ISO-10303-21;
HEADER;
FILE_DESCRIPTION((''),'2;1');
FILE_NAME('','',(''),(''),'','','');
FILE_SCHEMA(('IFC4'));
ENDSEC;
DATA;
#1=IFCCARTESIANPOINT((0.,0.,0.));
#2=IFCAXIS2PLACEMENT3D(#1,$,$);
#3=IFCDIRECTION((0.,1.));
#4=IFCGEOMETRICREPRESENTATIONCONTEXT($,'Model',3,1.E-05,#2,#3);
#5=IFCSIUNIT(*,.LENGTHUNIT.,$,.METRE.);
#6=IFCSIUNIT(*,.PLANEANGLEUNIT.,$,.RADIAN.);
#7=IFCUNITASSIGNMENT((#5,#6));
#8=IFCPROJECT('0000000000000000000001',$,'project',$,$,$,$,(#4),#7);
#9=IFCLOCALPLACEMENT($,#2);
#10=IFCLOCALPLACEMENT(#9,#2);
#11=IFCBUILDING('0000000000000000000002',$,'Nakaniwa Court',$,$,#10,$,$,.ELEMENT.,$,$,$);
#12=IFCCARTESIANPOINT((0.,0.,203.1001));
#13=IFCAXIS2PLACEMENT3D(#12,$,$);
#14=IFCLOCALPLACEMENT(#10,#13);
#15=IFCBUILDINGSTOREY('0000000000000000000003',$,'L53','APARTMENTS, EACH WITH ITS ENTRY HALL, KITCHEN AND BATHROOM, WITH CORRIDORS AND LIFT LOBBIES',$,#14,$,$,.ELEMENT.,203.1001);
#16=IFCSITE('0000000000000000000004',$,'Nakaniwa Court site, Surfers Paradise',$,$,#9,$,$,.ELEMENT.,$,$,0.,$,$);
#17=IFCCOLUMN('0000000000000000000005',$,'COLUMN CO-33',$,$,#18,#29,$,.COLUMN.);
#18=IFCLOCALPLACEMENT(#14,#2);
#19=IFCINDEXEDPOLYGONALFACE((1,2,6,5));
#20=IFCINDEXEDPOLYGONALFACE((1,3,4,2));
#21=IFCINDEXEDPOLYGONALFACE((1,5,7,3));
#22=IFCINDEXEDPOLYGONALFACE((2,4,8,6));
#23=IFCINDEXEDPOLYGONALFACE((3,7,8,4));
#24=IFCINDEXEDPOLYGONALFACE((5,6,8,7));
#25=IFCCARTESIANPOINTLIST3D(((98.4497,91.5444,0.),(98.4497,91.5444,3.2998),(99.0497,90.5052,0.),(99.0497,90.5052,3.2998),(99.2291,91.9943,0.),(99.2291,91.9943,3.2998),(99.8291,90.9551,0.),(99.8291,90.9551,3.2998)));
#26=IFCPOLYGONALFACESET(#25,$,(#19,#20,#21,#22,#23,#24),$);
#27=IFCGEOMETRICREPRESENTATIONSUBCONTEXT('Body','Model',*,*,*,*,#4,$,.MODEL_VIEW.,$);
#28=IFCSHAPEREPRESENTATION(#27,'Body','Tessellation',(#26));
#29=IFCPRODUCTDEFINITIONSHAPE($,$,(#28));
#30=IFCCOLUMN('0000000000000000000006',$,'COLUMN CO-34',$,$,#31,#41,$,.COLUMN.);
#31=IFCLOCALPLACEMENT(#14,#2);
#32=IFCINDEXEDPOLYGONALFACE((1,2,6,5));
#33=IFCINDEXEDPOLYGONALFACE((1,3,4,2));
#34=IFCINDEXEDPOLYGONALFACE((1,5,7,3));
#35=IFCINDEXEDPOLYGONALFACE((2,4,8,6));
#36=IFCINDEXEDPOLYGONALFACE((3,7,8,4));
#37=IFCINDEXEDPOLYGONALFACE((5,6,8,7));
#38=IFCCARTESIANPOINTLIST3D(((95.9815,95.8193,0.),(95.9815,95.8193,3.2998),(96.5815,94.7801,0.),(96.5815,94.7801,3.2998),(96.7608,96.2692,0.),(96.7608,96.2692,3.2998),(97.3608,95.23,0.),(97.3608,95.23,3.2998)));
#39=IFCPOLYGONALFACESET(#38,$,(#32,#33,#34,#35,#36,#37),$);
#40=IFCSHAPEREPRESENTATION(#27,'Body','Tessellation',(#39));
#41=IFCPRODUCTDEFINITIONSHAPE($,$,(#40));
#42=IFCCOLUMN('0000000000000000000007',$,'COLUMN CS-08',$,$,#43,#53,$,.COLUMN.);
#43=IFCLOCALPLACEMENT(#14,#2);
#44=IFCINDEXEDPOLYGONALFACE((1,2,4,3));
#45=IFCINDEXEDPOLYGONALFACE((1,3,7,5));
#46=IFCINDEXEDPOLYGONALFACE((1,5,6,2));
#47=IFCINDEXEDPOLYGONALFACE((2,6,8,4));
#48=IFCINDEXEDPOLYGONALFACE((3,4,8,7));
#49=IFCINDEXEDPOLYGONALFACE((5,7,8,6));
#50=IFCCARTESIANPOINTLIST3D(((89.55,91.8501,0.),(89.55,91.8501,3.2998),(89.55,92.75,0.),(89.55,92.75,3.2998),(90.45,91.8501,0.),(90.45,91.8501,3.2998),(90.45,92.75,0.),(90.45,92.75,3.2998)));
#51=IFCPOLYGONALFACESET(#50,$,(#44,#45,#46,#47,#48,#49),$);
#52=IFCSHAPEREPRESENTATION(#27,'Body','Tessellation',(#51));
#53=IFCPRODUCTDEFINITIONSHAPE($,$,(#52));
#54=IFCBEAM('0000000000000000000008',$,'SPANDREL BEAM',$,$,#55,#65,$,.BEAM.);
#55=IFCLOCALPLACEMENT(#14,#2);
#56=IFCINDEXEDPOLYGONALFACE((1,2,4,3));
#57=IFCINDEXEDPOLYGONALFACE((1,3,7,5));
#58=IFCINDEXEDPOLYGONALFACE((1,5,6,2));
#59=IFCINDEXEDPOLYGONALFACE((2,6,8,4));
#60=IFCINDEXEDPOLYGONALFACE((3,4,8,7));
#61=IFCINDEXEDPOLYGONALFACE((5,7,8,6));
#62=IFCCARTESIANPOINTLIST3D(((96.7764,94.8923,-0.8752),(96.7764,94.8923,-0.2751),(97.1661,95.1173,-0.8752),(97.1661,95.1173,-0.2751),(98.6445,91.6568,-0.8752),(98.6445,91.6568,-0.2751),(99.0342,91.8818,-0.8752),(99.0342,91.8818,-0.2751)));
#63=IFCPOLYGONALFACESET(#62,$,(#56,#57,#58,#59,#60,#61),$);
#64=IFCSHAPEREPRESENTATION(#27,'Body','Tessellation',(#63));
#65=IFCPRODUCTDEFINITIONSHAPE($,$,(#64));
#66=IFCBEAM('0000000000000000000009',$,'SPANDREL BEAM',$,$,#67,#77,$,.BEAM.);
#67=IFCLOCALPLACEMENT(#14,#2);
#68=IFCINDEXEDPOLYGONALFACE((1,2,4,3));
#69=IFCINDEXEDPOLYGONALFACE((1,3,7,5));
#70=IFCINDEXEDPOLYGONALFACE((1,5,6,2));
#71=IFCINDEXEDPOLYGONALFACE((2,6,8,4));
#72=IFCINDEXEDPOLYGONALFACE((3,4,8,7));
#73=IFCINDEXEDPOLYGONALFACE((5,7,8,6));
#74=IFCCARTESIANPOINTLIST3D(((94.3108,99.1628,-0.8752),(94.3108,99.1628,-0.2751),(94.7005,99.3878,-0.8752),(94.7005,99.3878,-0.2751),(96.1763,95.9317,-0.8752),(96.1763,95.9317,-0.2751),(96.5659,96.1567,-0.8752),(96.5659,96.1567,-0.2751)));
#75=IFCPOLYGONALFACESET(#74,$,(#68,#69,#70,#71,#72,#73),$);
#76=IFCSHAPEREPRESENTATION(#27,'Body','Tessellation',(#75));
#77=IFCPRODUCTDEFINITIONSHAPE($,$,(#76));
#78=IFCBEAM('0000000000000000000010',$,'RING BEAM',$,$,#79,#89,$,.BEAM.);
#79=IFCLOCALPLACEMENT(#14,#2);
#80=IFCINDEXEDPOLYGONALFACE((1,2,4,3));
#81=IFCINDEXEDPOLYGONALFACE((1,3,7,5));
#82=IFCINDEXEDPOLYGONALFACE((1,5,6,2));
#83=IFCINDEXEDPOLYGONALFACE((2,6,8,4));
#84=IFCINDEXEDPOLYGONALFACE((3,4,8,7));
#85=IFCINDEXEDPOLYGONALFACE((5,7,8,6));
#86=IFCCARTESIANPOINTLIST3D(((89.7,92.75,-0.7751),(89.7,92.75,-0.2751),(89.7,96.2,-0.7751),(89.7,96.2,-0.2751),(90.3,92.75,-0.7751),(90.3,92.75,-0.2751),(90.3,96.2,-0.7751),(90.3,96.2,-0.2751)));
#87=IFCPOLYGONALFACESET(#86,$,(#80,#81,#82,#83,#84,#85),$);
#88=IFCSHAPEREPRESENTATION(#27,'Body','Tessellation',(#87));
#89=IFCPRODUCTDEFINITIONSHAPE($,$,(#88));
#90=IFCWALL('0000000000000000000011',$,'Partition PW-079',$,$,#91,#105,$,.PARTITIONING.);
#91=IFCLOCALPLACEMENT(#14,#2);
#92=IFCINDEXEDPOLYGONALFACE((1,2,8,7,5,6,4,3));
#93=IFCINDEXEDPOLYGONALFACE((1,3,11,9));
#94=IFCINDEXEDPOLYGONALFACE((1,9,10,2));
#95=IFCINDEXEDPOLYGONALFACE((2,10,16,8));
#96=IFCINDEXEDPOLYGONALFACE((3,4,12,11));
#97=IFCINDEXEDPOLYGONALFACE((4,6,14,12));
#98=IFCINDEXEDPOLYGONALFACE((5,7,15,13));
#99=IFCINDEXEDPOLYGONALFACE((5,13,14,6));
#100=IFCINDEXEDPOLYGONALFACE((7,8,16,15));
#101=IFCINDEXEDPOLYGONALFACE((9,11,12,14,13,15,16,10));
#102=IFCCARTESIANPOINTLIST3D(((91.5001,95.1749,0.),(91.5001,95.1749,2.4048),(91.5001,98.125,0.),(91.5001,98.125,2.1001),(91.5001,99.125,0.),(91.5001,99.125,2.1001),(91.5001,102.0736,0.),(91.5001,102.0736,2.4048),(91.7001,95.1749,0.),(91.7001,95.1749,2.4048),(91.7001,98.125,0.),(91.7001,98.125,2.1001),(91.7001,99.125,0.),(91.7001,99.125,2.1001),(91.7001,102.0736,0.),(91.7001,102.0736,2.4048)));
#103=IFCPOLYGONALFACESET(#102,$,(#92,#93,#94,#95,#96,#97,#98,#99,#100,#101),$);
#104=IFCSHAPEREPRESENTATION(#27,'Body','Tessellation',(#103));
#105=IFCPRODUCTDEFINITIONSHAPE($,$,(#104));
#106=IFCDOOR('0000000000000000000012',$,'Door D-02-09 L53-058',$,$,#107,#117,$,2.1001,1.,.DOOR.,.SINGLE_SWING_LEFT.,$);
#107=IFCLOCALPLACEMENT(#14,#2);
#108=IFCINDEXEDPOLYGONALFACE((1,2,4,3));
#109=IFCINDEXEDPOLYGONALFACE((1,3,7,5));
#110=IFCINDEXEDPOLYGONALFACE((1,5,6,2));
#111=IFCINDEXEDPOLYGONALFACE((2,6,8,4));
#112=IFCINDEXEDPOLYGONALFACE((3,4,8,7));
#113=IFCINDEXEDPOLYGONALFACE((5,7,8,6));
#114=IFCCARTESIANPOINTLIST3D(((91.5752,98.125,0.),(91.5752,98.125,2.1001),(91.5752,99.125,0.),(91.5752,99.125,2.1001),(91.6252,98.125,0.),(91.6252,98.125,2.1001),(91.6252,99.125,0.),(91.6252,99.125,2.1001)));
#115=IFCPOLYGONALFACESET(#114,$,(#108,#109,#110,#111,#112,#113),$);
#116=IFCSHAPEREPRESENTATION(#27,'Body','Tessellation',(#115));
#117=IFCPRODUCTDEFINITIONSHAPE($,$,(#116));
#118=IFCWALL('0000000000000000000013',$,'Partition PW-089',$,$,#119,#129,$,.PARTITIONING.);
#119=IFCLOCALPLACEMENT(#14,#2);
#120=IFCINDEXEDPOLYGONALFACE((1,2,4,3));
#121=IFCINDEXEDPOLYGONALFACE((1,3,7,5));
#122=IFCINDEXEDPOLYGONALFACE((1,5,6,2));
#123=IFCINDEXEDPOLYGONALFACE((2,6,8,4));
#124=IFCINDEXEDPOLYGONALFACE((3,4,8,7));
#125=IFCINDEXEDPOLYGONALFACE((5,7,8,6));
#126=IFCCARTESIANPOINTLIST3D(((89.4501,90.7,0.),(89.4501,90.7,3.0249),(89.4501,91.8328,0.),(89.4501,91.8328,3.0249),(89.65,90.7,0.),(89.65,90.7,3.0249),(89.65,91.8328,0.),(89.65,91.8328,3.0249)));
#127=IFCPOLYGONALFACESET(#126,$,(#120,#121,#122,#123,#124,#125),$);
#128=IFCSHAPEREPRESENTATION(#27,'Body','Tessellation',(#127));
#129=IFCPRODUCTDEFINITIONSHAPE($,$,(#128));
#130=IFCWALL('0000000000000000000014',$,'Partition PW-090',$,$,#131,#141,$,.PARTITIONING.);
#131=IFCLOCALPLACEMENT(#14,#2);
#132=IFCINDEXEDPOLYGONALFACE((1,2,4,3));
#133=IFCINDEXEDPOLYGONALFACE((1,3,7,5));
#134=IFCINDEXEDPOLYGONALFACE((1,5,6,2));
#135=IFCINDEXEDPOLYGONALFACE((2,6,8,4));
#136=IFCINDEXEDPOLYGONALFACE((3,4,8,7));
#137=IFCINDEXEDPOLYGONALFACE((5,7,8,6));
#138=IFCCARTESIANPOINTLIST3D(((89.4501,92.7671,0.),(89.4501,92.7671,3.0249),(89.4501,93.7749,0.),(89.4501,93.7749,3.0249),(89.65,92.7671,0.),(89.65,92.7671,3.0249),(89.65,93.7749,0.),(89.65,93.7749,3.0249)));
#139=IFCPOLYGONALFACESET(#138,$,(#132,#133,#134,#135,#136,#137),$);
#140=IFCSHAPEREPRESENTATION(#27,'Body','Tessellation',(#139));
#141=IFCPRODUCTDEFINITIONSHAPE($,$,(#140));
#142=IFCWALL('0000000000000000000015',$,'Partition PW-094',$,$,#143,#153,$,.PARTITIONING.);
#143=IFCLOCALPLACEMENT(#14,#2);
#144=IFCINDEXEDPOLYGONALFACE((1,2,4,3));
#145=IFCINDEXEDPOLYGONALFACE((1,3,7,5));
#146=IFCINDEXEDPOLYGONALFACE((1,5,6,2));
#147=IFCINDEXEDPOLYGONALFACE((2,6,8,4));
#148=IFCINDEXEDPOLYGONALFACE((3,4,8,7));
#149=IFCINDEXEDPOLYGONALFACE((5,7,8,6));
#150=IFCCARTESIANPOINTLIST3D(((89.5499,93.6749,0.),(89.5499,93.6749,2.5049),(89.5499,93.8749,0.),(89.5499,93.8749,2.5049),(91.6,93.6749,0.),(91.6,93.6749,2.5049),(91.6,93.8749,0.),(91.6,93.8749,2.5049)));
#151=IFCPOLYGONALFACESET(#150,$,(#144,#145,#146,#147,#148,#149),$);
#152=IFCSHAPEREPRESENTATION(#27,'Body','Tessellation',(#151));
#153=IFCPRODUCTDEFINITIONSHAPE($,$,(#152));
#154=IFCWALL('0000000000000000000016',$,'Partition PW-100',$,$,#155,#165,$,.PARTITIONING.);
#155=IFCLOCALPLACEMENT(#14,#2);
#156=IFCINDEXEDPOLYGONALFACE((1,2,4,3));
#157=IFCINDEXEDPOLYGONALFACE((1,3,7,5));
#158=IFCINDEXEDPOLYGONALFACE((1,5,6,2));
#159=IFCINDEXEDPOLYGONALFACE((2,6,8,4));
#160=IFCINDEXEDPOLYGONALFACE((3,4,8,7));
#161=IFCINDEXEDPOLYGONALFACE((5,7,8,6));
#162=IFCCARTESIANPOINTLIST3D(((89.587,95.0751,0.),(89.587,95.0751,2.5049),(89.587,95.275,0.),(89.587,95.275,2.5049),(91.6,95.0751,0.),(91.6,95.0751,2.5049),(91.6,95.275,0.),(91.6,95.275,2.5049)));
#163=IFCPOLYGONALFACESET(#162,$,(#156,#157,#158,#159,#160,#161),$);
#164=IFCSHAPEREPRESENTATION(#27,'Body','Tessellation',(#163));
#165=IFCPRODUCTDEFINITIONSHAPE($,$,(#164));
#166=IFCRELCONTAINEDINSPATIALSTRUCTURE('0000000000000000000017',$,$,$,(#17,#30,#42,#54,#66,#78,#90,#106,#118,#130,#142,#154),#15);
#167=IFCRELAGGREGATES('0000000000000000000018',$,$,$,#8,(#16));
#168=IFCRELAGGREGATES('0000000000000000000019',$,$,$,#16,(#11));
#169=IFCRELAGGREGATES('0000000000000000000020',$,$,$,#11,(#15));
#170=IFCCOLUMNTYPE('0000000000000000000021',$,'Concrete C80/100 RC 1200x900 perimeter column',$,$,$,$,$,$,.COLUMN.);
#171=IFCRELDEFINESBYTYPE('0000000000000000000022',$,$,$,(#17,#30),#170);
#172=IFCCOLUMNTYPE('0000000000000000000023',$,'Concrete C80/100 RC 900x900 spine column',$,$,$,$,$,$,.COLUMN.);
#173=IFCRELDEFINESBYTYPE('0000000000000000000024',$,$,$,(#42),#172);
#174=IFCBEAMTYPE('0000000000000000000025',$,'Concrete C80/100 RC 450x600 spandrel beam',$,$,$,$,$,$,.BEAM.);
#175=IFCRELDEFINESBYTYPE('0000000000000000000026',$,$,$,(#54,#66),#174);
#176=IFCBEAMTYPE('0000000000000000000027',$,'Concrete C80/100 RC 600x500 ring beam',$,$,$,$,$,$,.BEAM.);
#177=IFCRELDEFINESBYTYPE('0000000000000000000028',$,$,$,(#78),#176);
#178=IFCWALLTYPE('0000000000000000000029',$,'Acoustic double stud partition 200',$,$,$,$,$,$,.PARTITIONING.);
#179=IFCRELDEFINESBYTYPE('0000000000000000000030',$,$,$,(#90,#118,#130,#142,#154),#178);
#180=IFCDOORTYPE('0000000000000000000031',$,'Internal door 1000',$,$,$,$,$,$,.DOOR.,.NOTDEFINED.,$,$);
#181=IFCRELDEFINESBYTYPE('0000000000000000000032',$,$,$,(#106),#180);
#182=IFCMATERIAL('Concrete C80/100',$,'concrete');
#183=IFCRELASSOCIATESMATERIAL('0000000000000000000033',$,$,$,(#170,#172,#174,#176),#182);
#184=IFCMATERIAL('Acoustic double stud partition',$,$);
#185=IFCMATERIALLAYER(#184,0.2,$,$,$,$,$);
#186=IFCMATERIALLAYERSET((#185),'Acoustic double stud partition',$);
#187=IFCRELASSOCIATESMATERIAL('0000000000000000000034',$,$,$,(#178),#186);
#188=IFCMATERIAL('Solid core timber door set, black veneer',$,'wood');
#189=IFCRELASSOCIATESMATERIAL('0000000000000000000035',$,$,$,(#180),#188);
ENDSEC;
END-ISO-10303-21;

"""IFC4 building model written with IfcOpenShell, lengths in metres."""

from ifc_helpers import new_model, si_unit, direction, frame, frame_2d, origin, origin_2d, place, context, subcontext, project, spatial, rectangle, extrude, material, layer, layer_set, material_profile, profile_set, type_object, element, fill, save


model = new_model("IFC4")

# Units and contexts
model_context = context("Model", 3, precision=1e-05, world=origin(), true_north=direction((0.0, 1.0)))
body_context = subcontext(model_context, "Body", "Model", "MODEL_VIEW")
ifc_project = project(units=[si_unit("LENGTHUNIT", "METRE"), si_unit("PLANEANGLEUNIT", "RADIAN")], contexts=[model_context])

# Site, building, storey
site_placement = place(None, origin())
site = spatial("IfcSite", under=ifc_project, at=site_placement, Name="Nakaniwa Court site, Surfers Paradise", CompositionType="ELEMENT", RefElevation=0.0)
building_placement = place(site_placement, origin())
building = spatial("IfcBuilding", under=site, at=building_placement, Name="Nakaniwa Court", CompositionType="ELEMENT")
storey_placement = place(building_placement, frame((0.0, 0.0, 203.1001)))
storey = spatial("IfcBuildingStorey", under=building, at=storey_placement, Name="L53", Description="APARTMENTS, EACH WITH ITS ENTRY HALL, KITCHEN AND BATHROOM, WITH CORRIDORS AND LIFT LOBBIES", CompositionType="ELEMENT", Elevation=203.1001)

# Columns
ifc_material_1 = material(Name="Concrete C80/100", Category="concrete")
ifc_material_profile_1 = material_profile(ifc_material_1, rectangle(XDim=1.2, YDim=0.8999, at=origin_2d()), Name="Concrete C80/100 RC 1200x900 perimeter column")
ifc_profile_set_1 = profile_set([ifc_material_profile_1], Name="Concrete C80/100")
column_type_1 = type_object("IfcColumnType", Name="Concrete C80/100 RC 1200x900 perimeter column", PredefinedType="COLUMN", material=ifc_profile_set_1)
for number, where, z_axis, x_axis, name in (
    (1, (99.1394, 91.2498, 0.0), (0.0, 0.0, 1.0), (-0.5, 0.866025, 0.0), "COLUMN CO-33"),
    (2, (96.6711, 95.5247, 0.0), (0.0, 0.0, 1.0), (-0.5, 0.866025, 0.0), "COLUMN CO-34"),
):
    element("IfcColumn", number, at=place(storey_placement, frame(where, z_axis=z_axis, x_axis=x_axis)), inside=storey, type_object=column_type_1, Name=name, PredefinedType="COLUMN", context=body_context, shape_type="SweptSolid", body=[
        extrude(rectangle(XDim=1.2, YDim=0.8999, at=origin_2d()), origin(), (0.0, 0.0, 1.0), 3.2998),
    ])
ifc_material_profile_2 = material_profile(ifc_material_1, rectangle(XDim=0.8999, YDim=0.8999, at=origin_2d()), Name="Concrete C80/100 RC 900x900 spine column")
ifc_profile_set_2 = profile_set([ifc_material_profile_2], Name="Concrete C80/100")
column_type_2 = type_object("IfcColumnType", Name="Concrete C80/100 RC 900x900 spine column", PredefinedType="COLUMN", material=ifc_profile_set_2)
column_placement = place(storey_placement, frame((90.0, 92.3, 0.0), z_axis=(0.0, 0.0, 1.0), x_axis=(0.0, 1.0, 0.0)))
element("IfcColumn", 3, at=column_placement, inside=storey, type_object=column_type_2, Name="COLUMN CS-08", PredefinedType="COLUMN", context=body_context, shape_type="SweptSolid", body=[
    extrude(rectangle(XDim=0.8999, YDim=0.8999, at=origin_2d()), origin(), (0.0, 0.0, 1.0), 3.2998),
])

# Beams
ifc_material_profile_3 = material_profile(ifc_material_1, rectangle(XDim=0.45, YDim=0.6001, at=origin_2d()), Name="Concrete C80/100 RC 450x600 spandrel beam")
ifc_profile_set_3 = profile_set([ifc_material_profile_3], Name="Concrete C80/100")
beam_type_1 = type_object("IfcBeamType", Name="Concrete C80/100 RC 450x600 spandrel beam", PredefinedType="BEAM", material=ifc_profile_set_3)
beam_1_placement = place(storey_placement, frame((98.8394, 91.7693, -0.5752), z_axis=(-0.500018, 0.866015, 0.0), x_axis=(-0.866015, -0.500018, 0.0)))
element("IfcBeam", 4, at=beam_1_placement, inside=storey, type_object=beam_type_1, Name="SPANDREL BEAM", PredefinedType="BEAM", context=body_context, shape_type="SweptSolid", body=[
    extrude(rectangle(XDim=0.45, YDim=0.6001, at=origin_2d()), origin(), (0.0, 0.0, 1.0), 3.7361),
])
beam_2_placement = place(storey_placement, frame((96.3711, 96.0442, -0.5752), z_axis=(-0.499989, 0.866032, 0.0), x_axis=(-0.866032, -0.499989, 0.0)))
element("IfcBeam", 5, at=beam_2_placement, inside=storey, type_object=beam_type_1, Name="SPANDREL BEAM", PredefinedType="BEAM", context=body_context, shape_type="SweptSolid", body=[
    extrude(rectangle(XDim=0.45, YDim=0.6001, at=origin_2d()), origin(), (0.0, 0.0, 1.0), 3.731),
])
ifc_material_profile_4 = material_profile(ifc_material_1, rectangle(XDim=0.6001, YDim=0.5, at=origin_2d()), Name="Concrete C80/100 RC 600x500 ring beam")
ifc_profile_set_4 = profile_set([ifc_material_profile_4], Name="Concrete C80/100")
beam_type_2 = type_object("IfcBeamType", Name="Concrete C80/100 RC 600x500 ring beam", PredefinedType="BEAM", material=ifc_profile_set_4)
beam_3_placement = place(storey_placement, frame((90.0, 92.75, -0.5251), z_axis=(0.0, 1.0, 0.0), x_axis=(-1.0, 0.0, 0.0)))
element("IfcBeam", 6, at=beam_3_placement, inside=storey, type_object=beam_type_2, Name="RING BEAM", PredefinedType="BEAM", context=body_context, shape_type="SweptSolid", body=[
    extrude(rectangle(XDim=0.6001, YDim=0.5, at=origin_2d()), origin(), (0.0, 0.0, 1.0), 3.45),
])

# Wall, opening, door
ifc_material_2 = material(Name="Acoustic double stud partition")
ifc_layer_1 = layer(ifc_material_2, 0.2)
ifc_layer_set_1 = layer_set([ifc_layer_1], Name="Acoustic double stud partition")
wall_type_1 = type_object("IfcWallType", Name="Acoustic double stud partition 200", PredefinedType="PARTITIONING", material=ifc_layer_set_1)
wall_1_placement = place(storey_placement, frame((91.6001, 95.175, 0.0), z_axis=(0.0, 0.0, 1.0), x_axis=(0.0, 1.0, 0.0)))
wall_1 = element("IfcWall", 7, at=wall_1_placement, inside=storey, type_object=wall_type_1, Name="Partition PW-079", PredefinedType="PARTITIONING", context=body_context, shape_type="SweptSolid", body=[
    extrude(rectangle(XDim=6.8987, YDim=0.2, at=frame_2d((3.4492, 0.0))), origin(), (0.0, 0.0, 1.0), 2.4048),
])
opening_1_placement = place(wall_1_placement, frame((2.95, 0.0, 0.0)))
opening_1 = element("IfcOpeningElement", 8, at=opening_1_placement, cuts=wall_1, PredefinedType="OPENING", context=body_context, shape_type="SweptSolid", body=[
    extrude(rectangle(XDim=1.0, YDim=2.1001, at=frame_2d((0.5, 1.05))), frame((0.0, 0.1099, 0.0), z_axis=(0.0, -1.0, 0.0), x_axis=(1.0, 0.0, 0.0)), (0.0, 0.0, 1.0), 0.22),
])
ifc_material_3 = material(Name="Solid core timber door set, black veneer", Category="wood")
door_type = type_object("IfcDoorType", Name="Internal door 1000", OperationType="NOTDEFINED", PredefinedType="DOOR", material=ifc_material_3)
door_placement = place(opening_1_placement, origin())
door = element("IfcDoor", 9, at=door_placement, inside=storey, type_object=door_type, Name="Door D-02-09 L53-058", OperationType="SINGLE_SWING_LEFT", OverallHeight=2.1001, OverallWidth=1.0, PredefinedType="DOOR", context=body_context, shape_type="SweptSolid", body=[
    extrude(rectangle(XDim=1.0, YDim=2.1001, at=frame_2d((0.5, 1.05))), frame((0.0, 0.0249, 0.0), z_axis=(0.0, -1.0, 0.0), x_axis=(1.0, 0.0, 0.0)), (0.0, 0.0, 1.0), 0.05),
])
fill(opening_1, door)

# Walls
wall_2_placement = place(storey_placement, frame((89.55, 90.7, 0.0), z_axis=(0.0, 0.0, 1.0), x_axis=(0.0, 1.0, 0.0)))
element("IfcWall", 10, at=wall_2_placement, inside=storey, type_object=wall_type_1, Name="Partition PW-089", PredefinedType="PARTITIONING", context=body_context, shape_type="SweptSolid", body=[
    extrude(rectangle(XDim=1.1328, YDim=0.2, at=frame_2d((0.5664, 0.0))), origin(), (0.0, 0.0, 1.0), 3.0249),
])
wall_3_placement = place(storey_placement, frame((89.55, 92.7671, 0.0), z_axis=(0.0, 0.0, 1.0), x_axis=(0.0, 1.0, 0.0)))
element("IfcWall", 11, at=wall_3_placement, inside=storey, type_object=wall_type_1, Name="Partition PW-090", PredefinedType="PARTITIONING", context=body_context, shape_type="SweptSolid", body=[
    extrude(rectangle(XDim=1.0078, YDim=0.2, at=frame_2d((0.5039, 0.0))), origin(), (0.0, 0.0, 1.0), 3.0249),
])
wall_4_placement = place(storey_placement, frame((89.55, 93.7749, 0.0), z_axis=(0.0, 0.0, 1.0), x_axis=(1.0, 0.0, 0.0)))
element("IfcWall", 12, at=wall_4_placement, inside=storey, type_object=wall_type_1, Name="Partition PW-094", PredefinedType="PARTITIONING", context=body_context, shape_type="SweptSolid", body=[
    extrude(rectangle(XDim=2.05, YDim=0.2, at=frame_2d((1.0249, 0.0))), origin(), (0.0, 0.0, 1.0), 2.5049),
])
wall_5_placement = place(storey_placement, frame((89.5872, 95.175, 0.0), z_axis=(0.0, 0.0, 1.0), x_axis=(1.0, 0.0, 0.0)))
element("IfcWall", 13, at=wall_5_placement, inside=storey, type_object=wall_type_1, Name="Partition PW-100", PredefinedType="PARTITIONING", context=body_context, shape_type="SweptSolid", body=[
    extrude(rectangle(XDim=2.0129, YDim=0.2, at=frame_2d((1.0063, 0.0))), origin(), (0.0, 0.0, 1.0), 2.5049),
])

save(model, "model.ifc")
